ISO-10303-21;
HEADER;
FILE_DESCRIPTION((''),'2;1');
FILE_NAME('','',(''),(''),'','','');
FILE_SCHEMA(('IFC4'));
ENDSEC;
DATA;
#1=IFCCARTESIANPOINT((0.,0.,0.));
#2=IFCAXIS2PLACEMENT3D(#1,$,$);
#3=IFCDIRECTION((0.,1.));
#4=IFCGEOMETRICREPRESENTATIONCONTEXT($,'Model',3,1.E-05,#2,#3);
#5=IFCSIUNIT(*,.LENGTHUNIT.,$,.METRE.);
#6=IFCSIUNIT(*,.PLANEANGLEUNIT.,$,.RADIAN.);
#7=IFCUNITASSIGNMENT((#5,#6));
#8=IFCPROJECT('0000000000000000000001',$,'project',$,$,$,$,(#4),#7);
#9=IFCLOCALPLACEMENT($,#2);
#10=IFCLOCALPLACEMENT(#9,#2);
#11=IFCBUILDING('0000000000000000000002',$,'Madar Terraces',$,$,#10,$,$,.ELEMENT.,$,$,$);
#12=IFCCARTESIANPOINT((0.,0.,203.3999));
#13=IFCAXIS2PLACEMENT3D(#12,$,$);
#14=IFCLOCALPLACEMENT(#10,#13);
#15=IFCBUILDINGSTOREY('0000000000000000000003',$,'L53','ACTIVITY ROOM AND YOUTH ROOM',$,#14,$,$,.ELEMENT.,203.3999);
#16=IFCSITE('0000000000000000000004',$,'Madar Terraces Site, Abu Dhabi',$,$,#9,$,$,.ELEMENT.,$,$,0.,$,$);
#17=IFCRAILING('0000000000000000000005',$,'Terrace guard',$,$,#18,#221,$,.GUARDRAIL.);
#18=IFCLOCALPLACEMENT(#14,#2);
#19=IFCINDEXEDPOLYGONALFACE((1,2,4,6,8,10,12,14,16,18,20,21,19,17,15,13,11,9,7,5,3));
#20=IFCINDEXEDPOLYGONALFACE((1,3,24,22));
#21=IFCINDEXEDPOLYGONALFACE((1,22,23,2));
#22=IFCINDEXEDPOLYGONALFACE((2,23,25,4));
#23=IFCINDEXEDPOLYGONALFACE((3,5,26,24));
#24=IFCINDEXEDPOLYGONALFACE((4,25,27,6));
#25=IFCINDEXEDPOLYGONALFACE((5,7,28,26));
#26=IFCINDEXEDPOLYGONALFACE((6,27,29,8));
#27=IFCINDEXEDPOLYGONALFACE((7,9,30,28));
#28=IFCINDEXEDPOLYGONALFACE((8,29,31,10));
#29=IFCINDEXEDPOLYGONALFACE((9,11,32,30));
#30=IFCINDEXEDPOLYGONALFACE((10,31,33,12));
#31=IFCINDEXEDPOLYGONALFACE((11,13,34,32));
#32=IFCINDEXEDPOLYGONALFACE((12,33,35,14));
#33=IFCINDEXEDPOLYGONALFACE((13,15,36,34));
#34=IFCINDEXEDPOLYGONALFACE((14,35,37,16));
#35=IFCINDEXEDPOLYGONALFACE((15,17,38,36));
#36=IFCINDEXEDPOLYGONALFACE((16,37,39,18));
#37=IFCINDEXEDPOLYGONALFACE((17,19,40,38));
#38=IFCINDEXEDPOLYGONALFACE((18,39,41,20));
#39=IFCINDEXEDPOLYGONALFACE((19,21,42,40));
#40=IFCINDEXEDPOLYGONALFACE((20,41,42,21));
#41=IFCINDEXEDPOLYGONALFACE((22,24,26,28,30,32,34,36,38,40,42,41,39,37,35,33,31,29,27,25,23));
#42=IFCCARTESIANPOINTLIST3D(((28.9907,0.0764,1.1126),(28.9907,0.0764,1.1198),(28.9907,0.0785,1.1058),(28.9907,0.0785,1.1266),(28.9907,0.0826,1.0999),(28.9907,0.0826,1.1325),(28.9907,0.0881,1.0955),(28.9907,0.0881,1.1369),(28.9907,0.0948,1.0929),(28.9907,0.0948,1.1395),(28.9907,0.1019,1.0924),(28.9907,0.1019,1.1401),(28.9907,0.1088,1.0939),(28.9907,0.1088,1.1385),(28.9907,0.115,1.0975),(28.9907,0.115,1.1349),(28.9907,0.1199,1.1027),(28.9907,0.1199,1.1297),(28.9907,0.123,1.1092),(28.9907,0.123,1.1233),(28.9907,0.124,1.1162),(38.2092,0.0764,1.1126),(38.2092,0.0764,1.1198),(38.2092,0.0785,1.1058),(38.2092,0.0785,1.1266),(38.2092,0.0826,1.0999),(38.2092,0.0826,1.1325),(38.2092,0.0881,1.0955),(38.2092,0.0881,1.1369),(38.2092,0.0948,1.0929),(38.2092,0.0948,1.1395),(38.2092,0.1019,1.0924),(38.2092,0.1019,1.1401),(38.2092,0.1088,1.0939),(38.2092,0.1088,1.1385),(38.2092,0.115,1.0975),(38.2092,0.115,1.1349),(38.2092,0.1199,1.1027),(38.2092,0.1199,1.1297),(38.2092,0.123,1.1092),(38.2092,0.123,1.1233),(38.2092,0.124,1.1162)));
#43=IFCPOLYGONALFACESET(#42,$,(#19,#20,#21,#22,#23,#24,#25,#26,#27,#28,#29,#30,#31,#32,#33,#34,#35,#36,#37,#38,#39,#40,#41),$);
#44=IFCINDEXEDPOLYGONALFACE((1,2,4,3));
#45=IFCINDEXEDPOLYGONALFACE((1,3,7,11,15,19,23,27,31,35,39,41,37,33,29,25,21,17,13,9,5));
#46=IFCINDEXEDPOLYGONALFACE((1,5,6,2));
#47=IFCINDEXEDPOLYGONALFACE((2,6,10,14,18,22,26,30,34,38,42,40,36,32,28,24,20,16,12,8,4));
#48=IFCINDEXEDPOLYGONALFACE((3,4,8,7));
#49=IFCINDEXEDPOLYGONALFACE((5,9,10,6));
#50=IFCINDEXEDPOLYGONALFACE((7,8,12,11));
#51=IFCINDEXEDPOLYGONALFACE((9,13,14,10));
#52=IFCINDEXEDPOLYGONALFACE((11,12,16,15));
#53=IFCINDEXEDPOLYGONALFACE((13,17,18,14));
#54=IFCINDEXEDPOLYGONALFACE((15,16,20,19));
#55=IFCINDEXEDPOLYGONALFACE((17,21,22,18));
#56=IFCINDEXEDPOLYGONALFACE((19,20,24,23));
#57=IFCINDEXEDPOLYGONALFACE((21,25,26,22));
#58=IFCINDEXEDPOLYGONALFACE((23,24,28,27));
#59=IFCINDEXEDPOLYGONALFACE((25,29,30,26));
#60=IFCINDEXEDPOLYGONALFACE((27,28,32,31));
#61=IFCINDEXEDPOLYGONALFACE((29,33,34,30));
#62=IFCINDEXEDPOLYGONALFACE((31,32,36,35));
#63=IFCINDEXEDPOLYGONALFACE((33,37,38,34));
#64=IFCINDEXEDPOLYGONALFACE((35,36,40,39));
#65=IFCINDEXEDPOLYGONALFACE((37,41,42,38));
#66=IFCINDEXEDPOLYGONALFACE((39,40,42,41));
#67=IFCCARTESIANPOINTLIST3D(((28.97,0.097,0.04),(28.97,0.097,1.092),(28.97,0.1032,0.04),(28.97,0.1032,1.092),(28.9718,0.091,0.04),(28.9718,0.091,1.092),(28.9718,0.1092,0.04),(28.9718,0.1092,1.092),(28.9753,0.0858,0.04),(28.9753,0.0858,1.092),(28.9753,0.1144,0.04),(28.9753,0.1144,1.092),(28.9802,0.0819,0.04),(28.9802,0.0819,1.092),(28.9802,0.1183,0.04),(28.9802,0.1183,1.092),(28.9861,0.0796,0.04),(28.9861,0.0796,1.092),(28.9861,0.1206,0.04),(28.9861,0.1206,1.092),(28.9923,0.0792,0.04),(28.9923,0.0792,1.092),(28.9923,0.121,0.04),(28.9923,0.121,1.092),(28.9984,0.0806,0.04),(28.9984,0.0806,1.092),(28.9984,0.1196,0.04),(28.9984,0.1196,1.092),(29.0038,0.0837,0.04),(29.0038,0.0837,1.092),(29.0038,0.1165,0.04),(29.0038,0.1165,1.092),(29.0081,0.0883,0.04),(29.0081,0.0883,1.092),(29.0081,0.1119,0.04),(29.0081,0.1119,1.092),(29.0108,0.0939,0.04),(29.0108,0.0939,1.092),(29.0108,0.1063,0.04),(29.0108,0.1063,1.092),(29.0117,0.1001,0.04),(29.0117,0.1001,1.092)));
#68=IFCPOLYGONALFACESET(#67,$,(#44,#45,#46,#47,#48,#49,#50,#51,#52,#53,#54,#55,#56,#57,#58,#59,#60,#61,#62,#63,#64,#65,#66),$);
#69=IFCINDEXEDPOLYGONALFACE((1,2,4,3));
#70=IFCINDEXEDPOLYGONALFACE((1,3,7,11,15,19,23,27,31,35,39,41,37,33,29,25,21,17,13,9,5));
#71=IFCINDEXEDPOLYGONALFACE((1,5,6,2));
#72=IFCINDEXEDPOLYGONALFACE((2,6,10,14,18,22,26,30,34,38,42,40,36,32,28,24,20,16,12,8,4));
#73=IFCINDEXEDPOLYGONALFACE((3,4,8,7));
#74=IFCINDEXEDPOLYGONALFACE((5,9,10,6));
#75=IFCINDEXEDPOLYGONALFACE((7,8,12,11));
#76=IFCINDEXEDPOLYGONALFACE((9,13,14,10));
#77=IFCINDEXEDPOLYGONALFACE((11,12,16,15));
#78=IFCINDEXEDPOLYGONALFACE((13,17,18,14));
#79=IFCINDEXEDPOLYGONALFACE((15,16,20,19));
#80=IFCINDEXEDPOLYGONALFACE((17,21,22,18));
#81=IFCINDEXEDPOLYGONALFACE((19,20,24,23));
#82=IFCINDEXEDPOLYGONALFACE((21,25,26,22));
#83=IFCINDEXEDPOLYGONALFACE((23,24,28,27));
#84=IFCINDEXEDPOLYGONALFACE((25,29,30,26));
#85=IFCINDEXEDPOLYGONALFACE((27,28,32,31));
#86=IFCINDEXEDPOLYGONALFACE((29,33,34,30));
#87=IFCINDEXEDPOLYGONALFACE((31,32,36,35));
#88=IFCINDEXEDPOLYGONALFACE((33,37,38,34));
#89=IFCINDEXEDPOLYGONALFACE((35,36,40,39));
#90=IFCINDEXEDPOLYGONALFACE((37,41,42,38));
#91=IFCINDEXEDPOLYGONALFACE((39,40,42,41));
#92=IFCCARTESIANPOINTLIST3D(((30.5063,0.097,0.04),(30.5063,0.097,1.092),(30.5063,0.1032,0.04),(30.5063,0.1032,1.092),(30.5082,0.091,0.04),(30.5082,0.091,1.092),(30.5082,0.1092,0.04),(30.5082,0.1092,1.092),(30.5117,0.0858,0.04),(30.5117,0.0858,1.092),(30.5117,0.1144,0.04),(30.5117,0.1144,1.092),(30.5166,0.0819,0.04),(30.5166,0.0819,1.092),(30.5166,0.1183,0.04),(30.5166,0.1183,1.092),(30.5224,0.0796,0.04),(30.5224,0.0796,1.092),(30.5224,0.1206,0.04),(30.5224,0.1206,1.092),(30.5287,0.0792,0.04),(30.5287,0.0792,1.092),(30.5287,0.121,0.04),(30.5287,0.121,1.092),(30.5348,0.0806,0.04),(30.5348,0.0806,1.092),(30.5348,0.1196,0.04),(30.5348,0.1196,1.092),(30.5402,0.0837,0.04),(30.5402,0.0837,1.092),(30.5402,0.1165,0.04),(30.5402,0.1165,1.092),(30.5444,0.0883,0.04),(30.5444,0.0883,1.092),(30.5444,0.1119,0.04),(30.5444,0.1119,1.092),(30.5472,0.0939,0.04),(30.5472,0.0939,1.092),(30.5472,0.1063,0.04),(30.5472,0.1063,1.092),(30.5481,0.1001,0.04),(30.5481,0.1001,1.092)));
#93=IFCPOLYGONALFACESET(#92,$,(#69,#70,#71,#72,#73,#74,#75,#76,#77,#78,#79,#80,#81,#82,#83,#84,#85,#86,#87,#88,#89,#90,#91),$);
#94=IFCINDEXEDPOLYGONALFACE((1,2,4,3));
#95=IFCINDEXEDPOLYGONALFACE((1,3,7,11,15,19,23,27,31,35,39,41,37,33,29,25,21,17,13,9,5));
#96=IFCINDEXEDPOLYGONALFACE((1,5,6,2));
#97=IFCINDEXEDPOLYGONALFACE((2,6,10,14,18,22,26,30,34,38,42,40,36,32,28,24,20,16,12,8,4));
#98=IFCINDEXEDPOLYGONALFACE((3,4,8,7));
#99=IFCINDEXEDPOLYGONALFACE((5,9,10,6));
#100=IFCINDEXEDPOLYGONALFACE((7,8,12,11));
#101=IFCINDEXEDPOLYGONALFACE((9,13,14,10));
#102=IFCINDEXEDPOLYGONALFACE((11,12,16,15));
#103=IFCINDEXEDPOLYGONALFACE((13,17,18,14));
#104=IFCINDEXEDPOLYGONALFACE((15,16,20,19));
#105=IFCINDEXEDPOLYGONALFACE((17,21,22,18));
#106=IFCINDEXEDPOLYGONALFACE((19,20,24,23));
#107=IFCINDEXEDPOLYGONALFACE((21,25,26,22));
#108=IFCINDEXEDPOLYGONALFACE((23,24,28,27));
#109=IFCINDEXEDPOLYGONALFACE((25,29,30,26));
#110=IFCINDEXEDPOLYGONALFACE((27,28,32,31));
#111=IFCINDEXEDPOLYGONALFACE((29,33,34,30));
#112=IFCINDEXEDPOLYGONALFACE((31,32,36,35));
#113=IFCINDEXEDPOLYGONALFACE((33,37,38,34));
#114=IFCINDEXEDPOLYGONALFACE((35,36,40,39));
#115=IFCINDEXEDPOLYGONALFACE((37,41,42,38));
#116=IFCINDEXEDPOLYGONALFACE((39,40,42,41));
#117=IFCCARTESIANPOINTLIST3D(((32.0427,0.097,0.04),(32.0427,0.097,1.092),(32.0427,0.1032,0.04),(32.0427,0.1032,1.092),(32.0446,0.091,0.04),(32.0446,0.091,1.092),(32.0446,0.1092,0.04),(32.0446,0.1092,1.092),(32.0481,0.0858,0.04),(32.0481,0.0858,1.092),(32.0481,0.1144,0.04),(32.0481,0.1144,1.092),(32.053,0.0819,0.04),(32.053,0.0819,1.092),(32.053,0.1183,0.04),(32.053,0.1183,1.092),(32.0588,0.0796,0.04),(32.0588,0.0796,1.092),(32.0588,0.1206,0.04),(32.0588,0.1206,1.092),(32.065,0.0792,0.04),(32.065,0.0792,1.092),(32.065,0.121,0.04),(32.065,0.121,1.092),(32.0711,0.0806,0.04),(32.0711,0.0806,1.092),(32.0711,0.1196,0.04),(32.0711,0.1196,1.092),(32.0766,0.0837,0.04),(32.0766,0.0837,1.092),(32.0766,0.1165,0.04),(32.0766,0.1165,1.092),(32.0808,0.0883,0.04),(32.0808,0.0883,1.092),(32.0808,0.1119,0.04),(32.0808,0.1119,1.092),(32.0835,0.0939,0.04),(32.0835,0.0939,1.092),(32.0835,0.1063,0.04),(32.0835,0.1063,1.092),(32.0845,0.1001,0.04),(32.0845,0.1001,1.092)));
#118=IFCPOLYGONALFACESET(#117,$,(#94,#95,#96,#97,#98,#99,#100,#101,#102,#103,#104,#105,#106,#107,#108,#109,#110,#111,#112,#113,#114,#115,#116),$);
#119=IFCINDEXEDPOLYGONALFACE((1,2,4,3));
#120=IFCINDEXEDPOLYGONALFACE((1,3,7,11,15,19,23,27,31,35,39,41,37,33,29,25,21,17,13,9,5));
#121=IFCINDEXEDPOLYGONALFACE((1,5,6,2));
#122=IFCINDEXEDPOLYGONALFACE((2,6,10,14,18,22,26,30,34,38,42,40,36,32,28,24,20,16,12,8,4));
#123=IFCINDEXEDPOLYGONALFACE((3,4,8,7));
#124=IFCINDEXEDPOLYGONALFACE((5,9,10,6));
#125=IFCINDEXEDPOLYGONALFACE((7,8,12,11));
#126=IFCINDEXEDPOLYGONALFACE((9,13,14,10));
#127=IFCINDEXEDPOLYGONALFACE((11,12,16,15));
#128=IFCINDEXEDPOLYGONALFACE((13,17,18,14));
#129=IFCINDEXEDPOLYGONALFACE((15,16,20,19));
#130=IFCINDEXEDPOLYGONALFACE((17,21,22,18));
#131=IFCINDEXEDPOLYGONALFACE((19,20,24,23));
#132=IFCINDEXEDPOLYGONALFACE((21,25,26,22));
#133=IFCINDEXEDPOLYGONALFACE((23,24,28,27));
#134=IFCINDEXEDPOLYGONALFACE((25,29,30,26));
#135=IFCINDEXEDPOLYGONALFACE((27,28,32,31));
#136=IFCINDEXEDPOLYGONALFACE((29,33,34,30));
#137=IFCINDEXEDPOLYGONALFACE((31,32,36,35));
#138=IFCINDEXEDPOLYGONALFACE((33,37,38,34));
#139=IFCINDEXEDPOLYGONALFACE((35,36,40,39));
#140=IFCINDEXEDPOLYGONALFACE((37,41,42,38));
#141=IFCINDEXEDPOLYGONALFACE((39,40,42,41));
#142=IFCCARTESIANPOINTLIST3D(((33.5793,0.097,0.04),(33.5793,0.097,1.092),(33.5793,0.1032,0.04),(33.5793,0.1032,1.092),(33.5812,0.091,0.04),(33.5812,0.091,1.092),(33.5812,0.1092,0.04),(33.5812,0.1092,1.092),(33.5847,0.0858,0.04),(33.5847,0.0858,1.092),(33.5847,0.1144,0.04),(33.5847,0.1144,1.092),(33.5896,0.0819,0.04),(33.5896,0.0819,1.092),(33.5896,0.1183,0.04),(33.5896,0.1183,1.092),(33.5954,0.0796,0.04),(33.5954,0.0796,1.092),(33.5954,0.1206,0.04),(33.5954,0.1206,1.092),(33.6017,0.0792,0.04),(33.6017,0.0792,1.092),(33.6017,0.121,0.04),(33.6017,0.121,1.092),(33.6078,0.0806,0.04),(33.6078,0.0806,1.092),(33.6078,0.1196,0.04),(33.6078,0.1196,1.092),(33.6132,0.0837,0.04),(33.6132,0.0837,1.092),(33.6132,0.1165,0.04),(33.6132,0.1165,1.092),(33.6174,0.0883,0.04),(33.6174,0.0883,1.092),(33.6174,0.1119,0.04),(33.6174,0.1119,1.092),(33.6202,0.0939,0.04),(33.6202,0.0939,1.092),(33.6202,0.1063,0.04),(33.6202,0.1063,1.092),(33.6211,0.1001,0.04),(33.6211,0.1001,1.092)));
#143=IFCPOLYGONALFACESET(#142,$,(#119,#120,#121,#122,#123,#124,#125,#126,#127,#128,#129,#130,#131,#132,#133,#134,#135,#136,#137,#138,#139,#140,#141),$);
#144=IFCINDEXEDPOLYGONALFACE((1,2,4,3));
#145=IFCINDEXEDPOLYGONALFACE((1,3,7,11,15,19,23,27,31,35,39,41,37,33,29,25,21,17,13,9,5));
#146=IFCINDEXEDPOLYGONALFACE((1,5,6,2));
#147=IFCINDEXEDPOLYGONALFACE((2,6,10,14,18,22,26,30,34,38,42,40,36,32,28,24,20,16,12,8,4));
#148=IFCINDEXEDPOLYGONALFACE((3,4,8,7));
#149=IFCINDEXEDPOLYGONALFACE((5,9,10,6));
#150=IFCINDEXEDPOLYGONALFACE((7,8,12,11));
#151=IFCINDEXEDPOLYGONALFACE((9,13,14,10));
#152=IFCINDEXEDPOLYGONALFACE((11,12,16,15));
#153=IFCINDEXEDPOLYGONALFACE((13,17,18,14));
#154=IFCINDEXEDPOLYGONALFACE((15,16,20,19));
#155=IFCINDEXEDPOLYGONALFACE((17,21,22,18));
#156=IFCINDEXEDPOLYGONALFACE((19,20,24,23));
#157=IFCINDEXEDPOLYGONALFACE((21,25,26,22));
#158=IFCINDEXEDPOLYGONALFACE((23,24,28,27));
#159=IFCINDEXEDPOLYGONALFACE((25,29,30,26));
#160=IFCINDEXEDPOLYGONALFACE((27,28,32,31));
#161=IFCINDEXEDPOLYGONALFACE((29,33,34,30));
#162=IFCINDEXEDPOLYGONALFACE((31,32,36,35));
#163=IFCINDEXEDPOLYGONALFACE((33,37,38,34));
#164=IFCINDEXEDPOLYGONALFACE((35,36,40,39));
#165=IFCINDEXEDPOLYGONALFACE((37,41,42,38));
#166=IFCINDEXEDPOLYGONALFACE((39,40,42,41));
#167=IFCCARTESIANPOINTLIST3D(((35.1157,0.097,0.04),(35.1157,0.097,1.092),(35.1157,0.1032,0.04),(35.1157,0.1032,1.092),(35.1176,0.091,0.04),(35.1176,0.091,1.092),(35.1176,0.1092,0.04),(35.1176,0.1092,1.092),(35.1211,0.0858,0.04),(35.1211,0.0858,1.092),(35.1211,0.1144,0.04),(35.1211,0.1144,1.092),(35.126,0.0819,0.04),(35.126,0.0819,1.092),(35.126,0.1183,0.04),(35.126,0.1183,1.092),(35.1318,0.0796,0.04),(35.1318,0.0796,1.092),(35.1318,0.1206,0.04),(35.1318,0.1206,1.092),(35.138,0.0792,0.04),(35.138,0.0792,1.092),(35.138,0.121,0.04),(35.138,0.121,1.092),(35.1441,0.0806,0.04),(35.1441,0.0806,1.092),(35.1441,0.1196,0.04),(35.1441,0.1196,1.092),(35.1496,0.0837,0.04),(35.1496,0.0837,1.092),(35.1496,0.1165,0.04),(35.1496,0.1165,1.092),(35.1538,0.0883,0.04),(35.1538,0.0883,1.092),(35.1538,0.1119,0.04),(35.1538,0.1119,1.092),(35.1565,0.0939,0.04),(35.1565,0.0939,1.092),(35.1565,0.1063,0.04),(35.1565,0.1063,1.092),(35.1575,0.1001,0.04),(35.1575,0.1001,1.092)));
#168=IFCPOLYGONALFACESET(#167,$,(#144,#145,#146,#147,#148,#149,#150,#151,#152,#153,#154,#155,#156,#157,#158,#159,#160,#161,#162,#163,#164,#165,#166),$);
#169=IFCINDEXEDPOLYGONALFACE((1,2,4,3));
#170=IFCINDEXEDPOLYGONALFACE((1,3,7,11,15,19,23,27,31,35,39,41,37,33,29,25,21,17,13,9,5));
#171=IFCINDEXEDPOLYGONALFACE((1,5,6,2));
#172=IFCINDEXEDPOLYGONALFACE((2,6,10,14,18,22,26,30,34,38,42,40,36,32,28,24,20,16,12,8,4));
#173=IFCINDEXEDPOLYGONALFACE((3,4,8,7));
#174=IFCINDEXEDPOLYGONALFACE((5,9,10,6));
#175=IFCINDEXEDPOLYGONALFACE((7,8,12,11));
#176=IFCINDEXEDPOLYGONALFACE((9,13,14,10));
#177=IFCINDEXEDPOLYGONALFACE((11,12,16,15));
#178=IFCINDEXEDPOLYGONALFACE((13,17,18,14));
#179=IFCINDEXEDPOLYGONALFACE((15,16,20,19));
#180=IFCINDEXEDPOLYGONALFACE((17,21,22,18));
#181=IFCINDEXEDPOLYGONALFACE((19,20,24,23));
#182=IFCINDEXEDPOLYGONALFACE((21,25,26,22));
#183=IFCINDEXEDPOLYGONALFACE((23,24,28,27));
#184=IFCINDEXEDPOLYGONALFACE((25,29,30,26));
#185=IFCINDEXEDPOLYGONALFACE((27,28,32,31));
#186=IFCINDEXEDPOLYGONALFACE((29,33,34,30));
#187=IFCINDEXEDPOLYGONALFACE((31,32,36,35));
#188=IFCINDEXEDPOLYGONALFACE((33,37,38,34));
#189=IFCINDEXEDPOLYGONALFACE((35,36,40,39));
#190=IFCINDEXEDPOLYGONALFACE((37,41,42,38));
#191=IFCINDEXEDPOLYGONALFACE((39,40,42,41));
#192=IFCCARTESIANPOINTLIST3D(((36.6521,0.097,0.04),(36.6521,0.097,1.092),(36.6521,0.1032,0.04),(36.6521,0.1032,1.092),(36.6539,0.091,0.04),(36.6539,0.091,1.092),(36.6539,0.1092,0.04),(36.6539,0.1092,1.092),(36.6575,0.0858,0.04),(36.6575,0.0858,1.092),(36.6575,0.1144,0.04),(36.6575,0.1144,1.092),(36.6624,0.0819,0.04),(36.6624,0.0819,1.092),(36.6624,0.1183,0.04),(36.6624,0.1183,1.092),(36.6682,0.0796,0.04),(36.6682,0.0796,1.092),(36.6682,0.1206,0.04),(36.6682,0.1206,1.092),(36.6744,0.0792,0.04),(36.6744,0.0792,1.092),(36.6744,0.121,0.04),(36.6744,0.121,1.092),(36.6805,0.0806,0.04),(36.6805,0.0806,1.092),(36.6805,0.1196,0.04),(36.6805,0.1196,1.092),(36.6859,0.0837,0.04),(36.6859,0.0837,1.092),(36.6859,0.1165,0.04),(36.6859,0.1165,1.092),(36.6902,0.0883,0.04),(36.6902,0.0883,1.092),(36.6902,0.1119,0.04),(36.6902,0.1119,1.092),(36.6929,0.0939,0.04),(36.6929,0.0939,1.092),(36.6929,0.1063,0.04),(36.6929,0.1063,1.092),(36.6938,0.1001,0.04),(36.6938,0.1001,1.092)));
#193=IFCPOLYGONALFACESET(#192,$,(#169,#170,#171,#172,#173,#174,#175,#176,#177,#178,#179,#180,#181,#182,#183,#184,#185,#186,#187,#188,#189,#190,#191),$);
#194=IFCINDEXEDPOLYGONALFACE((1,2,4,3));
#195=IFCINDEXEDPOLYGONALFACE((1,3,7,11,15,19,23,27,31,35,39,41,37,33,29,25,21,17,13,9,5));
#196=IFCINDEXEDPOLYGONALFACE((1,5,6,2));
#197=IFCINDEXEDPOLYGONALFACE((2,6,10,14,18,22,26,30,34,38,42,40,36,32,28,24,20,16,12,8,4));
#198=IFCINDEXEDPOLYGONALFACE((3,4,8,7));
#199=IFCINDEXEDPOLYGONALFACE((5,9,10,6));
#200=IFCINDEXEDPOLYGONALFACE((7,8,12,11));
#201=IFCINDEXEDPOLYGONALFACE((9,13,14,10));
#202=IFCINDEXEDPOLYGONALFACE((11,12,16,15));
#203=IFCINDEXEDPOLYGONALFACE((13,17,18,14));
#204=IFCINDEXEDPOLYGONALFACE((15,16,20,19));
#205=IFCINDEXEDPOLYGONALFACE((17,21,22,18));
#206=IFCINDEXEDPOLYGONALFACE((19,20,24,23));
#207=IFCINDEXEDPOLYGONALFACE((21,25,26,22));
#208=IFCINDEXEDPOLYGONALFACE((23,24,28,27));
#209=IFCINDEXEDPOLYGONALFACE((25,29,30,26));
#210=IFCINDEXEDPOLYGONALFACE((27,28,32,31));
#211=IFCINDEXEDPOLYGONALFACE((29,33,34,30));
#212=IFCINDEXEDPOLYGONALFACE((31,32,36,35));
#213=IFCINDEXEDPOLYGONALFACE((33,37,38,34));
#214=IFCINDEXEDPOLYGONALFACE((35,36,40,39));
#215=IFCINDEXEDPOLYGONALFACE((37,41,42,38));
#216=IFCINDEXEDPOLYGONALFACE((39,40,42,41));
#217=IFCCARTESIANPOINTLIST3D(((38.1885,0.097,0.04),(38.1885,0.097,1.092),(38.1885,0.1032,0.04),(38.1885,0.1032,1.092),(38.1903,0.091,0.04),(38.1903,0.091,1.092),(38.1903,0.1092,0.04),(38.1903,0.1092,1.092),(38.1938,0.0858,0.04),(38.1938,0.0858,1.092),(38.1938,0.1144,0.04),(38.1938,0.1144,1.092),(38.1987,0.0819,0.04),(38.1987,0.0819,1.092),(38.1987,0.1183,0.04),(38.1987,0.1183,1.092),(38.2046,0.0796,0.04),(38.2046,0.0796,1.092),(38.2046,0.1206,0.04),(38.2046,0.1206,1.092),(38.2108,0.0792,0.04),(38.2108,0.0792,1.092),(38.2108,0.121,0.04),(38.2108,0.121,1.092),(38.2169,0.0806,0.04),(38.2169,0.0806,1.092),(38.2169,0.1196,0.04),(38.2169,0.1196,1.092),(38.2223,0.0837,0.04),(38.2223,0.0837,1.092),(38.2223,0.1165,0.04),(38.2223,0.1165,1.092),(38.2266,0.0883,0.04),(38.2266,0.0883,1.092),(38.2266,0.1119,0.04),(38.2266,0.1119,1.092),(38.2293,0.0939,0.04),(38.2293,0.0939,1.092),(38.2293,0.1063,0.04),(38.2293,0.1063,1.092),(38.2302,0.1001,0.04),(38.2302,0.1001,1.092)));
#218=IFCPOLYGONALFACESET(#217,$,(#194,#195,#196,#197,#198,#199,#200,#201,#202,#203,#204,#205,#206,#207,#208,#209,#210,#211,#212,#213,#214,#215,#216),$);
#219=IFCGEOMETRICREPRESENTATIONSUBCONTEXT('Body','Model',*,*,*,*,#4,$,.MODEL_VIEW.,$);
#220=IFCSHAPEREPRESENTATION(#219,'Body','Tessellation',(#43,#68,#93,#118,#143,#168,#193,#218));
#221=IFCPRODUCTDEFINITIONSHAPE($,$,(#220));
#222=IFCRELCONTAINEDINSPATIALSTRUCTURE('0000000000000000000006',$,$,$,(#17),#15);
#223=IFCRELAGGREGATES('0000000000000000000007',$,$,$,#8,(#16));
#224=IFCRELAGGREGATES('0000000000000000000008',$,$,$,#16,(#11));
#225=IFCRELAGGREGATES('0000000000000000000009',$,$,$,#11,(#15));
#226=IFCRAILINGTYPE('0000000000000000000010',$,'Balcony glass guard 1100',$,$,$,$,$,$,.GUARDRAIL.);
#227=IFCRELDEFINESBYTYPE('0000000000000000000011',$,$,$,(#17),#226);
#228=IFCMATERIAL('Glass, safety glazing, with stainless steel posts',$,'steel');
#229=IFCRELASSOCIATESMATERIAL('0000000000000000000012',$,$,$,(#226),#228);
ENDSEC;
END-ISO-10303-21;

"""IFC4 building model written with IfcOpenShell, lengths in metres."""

from ifc_helpers import new_model, si_unit, direction, frame, origin, origin_2d, place, context, subcontext, project, spatial, circle, extrude, material, type_object, element, save


model = new_model("IFC4")

# Units and contexts
model_context = context("Model", 3, precision=1e-05, world=origin(), true_north=direction((0.0, 1.0)))
body_context = subcontext(model_context, "Body", "Model", "MODEL_VIEW")
ifc_project = project(units=[si_unit("LENGTHUNIT", "METRE"), si_unit("PLANEANGLEUNIT", "RADIAN")], contexts=[model_context])

# Site, building, storey
site_placement = place(None, origin())
site = spatial("IfcSite", under=ifc_project, at=site_placement, Name="Madar Terraces Site, Abu Dhabi", CompositionType="ELEMENT", RefElevation=0.0)
building_placement = place(site_placement, origin())
building = spatial("IfcBuilding", under=site, at=building_placement, Name="Madar Terraces", CompositionType="ELEMENT")
storey_placement = place(building_placement, frame((0.0, 0.0, 203.3999)))
storey = spatial("IfcBuildingStorey", under=building, at=storey_placement, Name="L53", Description="ACTIVITY ROOM AND YOUTH ROOM", CompositionType="ELEMENT", Elevation=203.3999)

# Railing
ifc_material_1 = material(Name="Glass, safety glazing, with stainless steel posts", Category="steel")
railing_type = type_object("IfcRailingType", Name="Balcony glass guard 1100", PredefinedType="GUARDRAIL", material=ifc_material_1)
railing_1_placement = place(storey_placement, frame((28.9907, 0.1001, 0.04)))
element("IfcRailing", 1, at=railing_1_placement, inside=storey, type_object=railing_type, Name="Terrace guard", PredefinedType="GUARDRAIL", context=body_context, shape_type="SweptSolid", body=[
    extrude(circle(Radius=0.0239, at=origin_2d()), frame((0.0, 0.0, 1.0762), z_axis=(1.0, 0.0, 0.0), x_axis=(0.0, 1.0, 0.0)), (0.0, 0.0, 1.0), 9.2185),
    extrude(circle(Radius=0.021, at=origin_2d()), origin(), (0.0, 0.0, 1.0), 1.052),
    extrude(circle(Radius=0.021, at=origin_2d()), frame((1.5364, 0.0, 0.0)), (0.0, 0.0, 1.0), 1.052),
    extrude(circle(Radius=0.021, at=origin_2d()), frame((3.0728, 0.0, 0.0)), (0.0, 0.0, 1.0), 1.052),
    extrude(circle(Radius=0.021, at=origin_2d()), frame((4.6094, 0.0, 0.0)), (0.0, 0.0, 1.0), 1.052),
    extrude(circle(Radius=0.021, at=origin_2d()), frame((6.1458, 0.0, 0.0)), (0.0, 0.0, 1.0), 1.052),
    extrude(circle(Radius=0.021, at=origin_2d()), frame((7.6821, 0.0, 0.0)), (0.0, 0.0, 1.0), 1.052),
    extrude(circle(Radius=0.021, at=origin_2d()), frame((9.2185, 0.0, 0.0)), (0.0, 0.0, 1.0), 1.052),
])

save(model, "model.ifc")
